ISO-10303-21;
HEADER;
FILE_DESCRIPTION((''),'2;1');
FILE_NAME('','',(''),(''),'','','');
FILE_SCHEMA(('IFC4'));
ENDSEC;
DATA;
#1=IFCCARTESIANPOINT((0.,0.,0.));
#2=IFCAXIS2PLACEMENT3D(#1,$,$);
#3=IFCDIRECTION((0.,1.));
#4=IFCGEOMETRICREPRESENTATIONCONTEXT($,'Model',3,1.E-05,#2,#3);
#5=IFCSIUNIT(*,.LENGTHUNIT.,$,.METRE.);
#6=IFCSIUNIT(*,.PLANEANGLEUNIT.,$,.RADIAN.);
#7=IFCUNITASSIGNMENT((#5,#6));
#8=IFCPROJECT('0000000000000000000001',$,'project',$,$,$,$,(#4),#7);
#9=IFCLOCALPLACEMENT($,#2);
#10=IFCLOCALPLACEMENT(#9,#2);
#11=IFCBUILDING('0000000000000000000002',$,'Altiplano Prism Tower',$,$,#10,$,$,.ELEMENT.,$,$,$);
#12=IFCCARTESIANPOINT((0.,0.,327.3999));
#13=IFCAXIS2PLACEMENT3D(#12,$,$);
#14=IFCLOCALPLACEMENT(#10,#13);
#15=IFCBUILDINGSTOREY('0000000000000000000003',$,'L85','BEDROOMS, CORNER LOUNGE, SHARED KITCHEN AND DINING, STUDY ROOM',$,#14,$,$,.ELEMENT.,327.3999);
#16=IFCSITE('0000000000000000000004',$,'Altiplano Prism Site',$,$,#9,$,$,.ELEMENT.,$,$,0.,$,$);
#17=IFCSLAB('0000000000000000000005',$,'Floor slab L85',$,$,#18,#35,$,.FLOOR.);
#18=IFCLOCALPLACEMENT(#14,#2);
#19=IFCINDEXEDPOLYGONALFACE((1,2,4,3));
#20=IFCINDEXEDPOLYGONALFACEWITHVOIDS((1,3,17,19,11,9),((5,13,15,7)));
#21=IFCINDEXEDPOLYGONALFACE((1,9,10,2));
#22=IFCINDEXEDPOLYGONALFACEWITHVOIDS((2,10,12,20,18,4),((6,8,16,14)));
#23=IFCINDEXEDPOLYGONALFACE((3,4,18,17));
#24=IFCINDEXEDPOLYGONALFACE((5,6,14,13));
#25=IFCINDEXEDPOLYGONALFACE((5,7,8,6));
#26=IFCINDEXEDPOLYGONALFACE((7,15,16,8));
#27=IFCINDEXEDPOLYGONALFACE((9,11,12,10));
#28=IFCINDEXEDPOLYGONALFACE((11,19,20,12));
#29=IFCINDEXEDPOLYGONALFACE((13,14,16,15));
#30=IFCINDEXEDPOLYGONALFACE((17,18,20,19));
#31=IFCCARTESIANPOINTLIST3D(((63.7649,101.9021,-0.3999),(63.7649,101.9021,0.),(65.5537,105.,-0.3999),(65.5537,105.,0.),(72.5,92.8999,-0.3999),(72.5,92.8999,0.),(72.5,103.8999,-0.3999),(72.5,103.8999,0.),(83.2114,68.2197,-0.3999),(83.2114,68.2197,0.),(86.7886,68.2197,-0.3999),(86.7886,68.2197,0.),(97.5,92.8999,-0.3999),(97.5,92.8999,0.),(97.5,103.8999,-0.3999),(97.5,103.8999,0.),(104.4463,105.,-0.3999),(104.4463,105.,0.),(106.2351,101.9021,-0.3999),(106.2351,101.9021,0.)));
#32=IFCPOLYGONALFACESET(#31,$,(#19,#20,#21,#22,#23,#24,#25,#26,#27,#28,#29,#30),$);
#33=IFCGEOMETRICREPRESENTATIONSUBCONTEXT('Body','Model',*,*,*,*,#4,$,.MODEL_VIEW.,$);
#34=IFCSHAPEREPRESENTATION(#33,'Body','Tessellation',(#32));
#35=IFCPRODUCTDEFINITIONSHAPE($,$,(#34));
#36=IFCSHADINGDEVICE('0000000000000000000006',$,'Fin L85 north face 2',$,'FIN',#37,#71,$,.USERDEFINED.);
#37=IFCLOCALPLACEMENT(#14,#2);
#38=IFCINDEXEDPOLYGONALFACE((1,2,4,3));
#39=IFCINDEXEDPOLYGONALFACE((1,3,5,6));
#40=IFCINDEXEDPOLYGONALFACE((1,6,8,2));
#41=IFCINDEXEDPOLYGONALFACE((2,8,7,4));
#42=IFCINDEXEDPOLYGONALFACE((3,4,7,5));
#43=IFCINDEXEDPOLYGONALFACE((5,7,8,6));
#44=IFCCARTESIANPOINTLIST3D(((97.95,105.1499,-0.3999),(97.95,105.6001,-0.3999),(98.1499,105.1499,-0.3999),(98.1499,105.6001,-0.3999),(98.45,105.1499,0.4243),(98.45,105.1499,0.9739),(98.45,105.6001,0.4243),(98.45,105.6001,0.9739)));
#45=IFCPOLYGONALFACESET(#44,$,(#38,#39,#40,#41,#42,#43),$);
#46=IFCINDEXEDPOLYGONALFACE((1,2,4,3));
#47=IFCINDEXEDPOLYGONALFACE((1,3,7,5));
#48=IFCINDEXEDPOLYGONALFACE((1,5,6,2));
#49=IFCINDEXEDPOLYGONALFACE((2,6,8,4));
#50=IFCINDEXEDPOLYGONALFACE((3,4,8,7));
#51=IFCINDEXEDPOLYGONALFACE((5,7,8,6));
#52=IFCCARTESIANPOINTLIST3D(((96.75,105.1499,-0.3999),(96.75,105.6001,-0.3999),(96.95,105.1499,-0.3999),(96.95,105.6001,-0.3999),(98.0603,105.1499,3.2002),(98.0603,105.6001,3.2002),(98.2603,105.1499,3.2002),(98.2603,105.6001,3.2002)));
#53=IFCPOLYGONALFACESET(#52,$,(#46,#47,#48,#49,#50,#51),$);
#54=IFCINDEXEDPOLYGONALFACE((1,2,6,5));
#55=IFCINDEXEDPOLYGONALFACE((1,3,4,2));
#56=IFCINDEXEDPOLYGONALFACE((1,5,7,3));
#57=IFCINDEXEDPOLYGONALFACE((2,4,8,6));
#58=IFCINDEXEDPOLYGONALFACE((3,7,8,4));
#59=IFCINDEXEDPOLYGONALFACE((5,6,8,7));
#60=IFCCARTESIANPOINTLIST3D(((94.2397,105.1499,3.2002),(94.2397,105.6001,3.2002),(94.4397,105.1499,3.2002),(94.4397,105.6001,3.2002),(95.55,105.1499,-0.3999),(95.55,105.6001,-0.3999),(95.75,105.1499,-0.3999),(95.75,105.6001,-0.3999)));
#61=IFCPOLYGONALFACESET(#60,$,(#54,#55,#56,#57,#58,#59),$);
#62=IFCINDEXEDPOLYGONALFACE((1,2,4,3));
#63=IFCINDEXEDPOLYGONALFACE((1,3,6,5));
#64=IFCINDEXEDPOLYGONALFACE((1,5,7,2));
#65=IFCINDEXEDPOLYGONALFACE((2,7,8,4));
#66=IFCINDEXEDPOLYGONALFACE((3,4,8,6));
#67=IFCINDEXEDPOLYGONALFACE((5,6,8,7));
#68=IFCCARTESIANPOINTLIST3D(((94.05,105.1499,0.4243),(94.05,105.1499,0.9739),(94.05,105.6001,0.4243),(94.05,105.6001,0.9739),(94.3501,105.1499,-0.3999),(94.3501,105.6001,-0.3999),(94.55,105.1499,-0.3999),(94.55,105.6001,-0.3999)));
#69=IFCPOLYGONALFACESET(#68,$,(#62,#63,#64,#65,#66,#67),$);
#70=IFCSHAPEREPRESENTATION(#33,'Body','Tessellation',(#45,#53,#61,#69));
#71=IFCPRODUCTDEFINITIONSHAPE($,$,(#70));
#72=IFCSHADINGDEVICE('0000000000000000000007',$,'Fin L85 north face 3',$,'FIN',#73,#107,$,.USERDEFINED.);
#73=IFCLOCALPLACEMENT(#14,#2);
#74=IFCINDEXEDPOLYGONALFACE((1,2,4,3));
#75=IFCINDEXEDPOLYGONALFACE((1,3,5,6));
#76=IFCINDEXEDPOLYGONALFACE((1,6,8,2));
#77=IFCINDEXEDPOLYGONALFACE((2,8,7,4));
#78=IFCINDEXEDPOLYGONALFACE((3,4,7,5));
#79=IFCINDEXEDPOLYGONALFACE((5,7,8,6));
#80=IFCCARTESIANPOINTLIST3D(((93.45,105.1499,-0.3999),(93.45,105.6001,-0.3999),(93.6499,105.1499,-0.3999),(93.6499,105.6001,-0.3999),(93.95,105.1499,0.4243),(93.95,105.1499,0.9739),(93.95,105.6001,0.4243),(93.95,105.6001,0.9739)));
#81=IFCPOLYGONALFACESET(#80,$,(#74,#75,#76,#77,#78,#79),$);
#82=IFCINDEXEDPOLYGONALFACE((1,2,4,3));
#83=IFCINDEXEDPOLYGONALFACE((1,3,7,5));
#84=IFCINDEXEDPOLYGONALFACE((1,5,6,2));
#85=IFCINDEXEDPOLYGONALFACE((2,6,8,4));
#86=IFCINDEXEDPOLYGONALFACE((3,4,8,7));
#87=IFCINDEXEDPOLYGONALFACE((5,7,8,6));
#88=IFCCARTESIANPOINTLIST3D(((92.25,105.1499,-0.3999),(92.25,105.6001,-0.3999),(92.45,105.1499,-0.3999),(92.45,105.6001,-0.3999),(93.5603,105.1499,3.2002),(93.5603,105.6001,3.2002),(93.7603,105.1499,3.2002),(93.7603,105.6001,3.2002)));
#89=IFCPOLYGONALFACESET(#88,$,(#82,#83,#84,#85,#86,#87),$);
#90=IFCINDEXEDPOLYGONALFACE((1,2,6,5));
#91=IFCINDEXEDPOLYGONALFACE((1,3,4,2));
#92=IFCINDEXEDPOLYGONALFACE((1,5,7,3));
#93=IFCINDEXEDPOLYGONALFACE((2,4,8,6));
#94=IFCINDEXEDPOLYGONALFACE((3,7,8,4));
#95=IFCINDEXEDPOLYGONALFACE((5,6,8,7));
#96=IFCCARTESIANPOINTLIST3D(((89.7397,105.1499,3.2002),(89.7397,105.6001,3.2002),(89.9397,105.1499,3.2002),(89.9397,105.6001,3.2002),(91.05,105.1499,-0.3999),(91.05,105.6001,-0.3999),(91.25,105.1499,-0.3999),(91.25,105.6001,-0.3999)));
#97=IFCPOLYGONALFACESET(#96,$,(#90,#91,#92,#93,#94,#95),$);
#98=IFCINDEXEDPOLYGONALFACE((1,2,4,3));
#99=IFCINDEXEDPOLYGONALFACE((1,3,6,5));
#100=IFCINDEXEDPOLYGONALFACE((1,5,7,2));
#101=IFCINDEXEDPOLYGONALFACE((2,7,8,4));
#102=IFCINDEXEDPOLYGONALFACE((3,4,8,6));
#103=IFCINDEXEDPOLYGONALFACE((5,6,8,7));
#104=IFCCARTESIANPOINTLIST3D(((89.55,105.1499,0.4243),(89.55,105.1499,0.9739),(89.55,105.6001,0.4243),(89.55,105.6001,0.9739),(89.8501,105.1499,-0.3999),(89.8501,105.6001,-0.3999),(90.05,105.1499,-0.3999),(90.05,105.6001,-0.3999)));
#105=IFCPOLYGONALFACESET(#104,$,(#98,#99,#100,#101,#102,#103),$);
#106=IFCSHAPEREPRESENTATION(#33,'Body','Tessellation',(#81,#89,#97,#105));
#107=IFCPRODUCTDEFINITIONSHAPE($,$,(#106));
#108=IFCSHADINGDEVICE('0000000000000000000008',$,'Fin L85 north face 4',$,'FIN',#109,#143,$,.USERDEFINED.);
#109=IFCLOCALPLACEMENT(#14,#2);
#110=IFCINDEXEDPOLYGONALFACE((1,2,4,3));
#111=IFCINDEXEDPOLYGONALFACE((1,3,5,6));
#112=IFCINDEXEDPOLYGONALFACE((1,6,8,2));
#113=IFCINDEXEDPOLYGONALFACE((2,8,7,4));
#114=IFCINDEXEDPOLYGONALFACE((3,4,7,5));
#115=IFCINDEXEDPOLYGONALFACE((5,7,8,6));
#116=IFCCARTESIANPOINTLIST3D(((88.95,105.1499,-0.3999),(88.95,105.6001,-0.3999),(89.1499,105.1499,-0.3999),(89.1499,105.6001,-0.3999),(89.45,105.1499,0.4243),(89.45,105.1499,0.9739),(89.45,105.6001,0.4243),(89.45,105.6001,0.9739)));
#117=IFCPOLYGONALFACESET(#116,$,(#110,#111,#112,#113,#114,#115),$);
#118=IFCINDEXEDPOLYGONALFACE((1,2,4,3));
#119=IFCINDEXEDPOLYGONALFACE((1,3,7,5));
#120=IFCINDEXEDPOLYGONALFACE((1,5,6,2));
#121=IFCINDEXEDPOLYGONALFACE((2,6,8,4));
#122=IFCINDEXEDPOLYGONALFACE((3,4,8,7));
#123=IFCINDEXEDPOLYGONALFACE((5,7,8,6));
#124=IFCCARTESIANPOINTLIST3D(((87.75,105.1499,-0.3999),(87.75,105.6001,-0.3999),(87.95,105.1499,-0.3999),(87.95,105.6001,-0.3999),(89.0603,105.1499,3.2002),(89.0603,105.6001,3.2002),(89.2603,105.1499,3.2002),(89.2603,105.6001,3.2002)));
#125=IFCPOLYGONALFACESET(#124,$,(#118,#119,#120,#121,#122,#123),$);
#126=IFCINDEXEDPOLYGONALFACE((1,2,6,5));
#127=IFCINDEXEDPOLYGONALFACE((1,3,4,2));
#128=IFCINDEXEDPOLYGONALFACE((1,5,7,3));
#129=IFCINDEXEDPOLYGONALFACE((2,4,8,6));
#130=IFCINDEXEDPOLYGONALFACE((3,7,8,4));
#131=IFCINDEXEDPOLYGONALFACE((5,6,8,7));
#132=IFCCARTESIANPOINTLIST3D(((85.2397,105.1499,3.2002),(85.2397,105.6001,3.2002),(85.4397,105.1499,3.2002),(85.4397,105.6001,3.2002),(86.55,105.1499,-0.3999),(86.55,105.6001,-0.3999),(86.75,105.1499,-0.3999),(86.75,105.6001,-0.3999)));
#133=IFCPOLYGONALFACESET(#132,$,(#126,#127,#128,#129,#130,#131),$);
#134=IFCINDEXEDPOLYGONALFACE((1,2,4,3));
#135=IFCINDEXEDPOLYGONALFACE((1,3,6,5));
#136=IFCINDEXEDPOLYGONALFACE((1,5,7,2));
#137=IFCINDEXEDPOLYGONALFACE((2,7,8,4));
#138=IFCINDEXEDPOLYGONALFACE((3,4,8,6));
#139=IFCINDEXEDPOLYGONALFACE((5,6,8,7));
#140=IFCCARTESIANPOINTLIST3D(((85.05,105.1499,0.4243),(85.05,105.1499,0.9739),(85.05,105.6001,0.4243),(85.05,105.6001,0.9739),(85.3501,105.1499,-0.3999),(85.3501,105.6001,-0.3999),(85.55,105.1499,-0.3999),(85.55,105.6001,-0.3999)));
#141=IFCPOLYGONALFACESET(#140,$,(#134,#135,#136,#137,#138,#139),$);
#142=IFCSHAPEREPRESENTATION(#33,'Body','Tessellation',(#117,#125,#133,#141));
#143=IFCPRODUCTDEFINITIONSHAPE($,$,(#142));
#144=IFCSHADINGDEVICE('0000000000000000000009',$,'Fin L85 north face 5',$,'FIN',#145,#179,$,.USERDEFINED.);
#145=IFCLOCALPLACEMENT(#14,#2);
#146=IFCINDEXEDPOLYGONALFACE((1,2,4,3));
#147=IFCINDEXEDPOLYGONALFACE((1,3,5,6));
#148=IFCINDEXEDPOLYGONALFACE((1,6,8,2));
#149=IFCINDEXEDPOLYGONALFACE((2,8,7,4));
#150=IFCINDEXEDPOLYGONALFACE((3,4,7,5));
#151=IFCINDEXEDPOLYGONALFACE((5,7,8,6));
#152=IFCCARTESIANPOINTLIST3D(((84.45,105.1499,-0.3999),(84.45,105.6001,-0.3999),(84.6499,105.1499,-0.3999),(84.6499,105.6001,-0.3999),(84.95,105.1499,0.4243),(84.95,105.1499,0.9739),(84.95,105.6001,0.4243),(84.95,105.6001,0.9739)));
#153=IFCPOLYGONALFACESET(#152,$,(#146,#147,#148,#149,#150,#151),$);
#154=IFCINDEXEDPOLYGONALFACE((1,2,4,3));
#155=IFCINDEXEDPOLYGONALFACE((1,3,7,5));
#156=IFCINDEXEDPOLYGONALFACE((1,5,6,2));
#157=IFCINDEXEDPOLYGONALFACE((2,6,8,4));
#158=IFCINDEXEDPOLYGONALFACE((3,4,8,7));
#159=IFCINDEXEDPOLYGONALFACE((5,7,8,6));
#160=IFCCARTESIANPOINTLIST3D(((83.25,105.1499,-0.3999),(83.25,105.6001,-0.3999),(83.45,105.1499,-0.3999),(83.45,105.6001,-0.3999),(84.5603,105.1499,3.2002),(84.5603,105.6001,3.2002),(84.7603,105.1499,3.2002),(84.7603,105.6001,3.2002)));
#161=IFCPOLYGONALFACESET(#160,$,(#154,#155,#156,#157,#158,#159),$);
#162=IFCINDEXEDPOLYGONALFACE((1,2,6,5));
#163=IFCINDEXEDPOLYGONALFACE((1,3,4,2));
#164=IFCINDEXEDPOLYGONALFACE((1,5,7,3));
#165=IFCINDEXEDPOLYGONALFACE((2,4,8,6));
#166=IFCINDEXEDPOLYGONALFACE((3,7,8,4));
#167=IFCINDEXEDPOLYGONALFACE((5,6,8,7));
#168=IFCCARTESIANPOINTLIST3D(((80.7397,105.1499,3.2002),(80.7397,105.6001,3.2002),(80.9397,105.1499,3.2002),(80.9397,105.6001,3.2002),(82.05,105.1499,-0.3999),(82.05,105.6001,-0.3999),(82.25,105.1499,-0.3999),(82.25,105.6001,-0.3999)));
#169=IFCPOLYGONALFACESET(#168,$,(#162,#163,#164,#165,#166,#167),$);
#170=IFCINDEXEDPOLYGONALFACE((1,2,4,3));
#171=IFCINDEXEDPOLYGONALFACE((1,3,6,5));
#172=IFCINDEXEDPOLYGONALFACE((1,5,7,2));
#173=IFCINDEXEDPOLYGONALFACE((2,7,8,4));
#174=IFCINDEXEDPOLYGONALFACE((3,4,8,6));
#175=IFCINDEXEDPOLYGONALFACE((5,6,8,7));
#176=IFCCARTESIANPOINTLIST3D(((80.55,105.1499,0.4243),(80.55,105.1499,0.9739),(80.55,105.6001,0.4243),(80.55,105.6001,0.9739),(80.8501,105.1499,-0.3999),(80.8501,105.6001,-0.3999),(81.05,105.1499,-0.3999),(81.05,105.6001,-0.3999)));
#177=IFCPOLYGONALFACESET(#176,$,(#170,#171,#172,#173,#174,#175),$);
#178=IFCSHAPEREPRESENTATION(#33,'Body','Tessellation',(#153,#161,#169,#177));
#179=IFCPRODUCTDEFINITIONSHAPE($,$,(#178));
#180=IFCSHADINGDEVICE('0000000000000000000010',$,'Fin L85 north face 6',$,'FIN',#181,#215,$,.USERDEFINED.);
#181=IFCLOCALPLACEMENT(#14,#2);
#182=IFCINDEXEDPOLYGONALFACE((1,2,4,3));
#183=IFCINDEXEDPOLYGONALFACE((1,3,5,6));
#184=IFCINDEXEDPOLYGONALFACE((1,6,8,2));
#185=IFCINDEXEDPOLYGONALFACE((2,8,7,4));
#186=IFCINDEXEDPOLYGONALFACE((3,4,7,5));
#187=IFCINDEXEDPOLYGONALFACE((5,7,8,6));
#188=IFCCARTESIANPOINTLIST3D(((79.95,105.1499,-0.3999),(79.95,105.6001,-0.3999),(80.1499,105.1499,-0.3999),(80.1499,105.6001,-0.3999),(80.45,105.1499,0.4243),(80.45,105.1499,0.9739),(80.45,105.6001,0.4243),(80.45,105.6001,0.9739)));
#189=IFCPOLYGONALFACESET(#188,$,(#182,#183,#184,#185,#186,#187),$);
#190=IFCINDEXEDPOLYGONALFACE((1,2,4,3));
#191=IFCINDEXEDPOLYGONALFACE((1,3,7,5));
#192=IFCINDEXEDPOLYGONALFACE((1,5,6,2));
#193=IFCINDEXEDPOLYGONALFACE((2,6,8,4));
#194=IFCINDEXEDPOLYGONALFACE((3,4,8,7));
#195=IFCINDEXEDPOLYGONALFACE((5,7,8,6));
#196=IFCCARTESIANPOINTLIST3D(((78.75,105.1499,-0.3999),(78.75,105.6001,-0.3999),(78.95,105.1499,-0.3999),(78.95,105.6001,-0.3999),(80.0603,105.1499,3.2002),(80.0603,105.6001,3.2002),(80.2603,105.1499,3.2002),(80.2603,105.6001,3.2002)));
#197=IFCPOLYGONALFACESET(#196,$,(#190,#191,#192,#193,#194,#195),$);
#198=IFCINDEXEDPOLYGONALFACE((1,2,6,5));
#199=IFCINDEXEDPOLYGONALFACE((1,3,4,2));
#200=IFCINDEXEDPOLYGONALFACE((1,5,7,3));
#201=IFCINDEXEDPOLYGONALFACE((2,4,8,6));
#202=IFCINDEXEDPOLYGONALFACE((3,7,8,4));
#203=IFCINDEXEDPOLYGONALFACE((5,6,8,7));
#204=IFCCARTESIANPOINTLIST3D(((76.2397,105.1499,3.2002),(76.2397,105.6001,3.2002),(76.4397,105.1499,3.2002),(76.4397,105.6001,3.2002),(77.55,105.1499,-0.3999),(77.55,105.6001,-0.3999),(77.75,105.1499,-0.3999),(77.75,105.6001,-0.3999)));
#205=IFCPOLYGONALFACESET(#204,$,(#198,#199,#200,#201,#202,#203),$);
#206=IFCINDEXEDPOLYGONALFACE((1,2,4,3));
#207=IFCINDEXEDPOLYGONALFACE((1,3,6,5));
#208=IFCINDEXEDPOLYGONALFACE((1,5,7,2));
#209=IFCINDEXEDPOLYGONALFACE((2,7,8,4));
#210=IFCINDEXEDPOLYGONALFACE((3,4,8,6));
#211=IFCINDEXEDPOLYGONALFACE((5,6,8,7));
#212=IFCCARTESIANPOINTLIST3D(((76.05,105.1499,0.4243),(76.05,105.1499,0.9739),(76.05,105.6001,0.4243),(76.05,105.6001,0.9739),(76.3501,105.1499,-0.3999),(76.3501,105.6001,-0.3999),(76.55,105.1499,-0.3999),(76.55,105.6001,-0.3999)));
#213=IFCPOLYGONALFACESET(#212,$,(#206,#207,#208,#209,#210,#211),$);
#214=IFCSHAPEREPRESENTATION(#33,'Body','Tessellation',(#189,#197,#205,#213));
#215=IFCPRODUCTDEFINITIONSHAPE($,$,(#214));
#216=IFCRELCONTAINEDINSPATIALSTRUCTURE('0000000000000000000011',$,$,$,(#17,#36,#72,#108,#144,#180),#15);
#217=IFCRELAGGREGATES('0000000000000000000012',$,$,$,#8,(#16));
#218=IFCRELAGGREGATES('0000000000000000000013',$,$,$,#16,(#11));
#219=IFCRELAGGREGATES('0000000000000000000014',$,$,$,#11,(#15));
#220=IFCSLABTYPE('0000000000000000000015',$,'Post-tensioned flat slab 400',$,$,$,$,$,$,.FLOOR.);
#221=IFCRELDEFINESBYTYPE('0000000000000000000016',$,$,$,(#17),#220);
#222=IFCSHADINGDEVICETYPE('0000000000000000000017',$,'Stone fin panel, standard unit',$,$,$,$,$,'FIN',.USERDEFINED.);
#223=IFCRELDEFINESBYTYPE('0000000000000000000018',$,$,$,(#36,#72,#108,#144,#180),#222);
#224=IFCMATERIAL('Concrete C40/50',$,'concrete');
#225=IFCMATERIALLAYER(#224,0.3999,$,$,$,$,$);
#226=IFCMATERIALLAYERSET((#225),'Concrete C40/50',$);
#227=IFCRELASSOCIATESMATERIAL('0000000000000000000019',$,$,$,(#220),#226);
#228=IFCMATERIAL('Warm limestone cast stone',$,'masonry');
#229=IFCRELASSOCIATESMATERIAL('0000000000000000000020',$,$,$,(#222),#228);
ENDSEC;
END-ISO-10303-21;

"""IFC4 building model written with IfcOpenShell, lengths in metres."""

from ifc_helpers import new_model, si_unit, direction, frame, origin, place, context, subcontext, project, spatial, polyline, outline, extrude, source, transform, mapped, material, layer, layer_set, type_object, element, save


model = new_model("IFC4")

# Units and contexts
model_context = context("Model", 3, precision=1e-05, world=origin(), true_north=direction((0.0, 1.0)))
body_context = subcontext(model_context, "Body", "Model", "MODEL_VIEW")
ifc_project = project(units=[si_unit("LENGTHUNIT", "METRE"), si_unit("PLANEANGLEUNIT", "RADIAN")], contexts=[model_context])

# Site, building, storey
site_placement = place(None, origin())
site = spatial("IfcSite", under=ifc_project, at=site_placement, Name="Altiplano Prism Site", CompositionType="ELEMENT", RefElevation=0.0)
building_placement = place(site_placement, origin())
building = spatial("IfcBuilding", under=site, at=building_placement, Name="Altiplano Prism Tower", CompositionType="ELEMENT")
storey_placement = place(building_placement, frame((0.0, 0.0, 327.3999)))
storey = spatial("IfcBuildingStorey", under=building, at=storey_placement, Name="L85", Description="BEDROOMS, CORNER LOUNGE, SHARED KITCHEN AND DINING, STUDY ROOM", CompositionType="ELEMENT", Elevation=327.3999)

# Slab
ifc_material_1 = material(Name="Concrete C40/50", Category="concrete")
ifc_layer = layer(ifc_material_1, 0.3999)
ifc_layer_set = layer_set([ifc_layer], Name="Concrete C40/50")
slab_type = type_object("IfcSlabType", Name="Post-tensioned flat slab 400", PredefinedType="FLOOR", material=ifc_layer_set)
slab_placement = place(storey_placement, frame((0.0, 0.0, -0.3999)))
element("IfcSlab", 1, at=slab_placement, inside=storey, type_object=slab_type, Name="Floor slab L85", PredefinedType="FLOOR", context=body_context, shape_type="SweptSolid", body=[
    extrude(outline(polyline([(106.2351, 101.9021), (86.7886, 68.2197), (83.2114, 68.2197), (63.7649, 101.9021), (65.5537, 105.0), (104.4463, 105.0), (106.2351, 101.9021)]), holes=[polyline([(97.5, 92.8999), (97.5, 103.8999), (72.5, 103.8999), (72.5, 92.8999), (97.5, 92.8999)])]), origin(), (0.0, 0.0, 1.0), 0.3999),
])

# Shading devices
ifc_material_2 = material(Name="Warm limestone cast stone", Category="masonry")
shading_device_type_1 = type_object("IfcShadingDeviceType", Name="Stone fin panel, standard unit", ElementType="FIN", PredefinedType="USERDEFINED", material=ifc_material_2)
shared_shape_1 = source(origin(), body_context, "Body", "SweptSolid", [
    extrude(outline(polyline([(-2.2, 1.3738), (-2.2, 0.8242), (-1.8999, 0.0), (-1.7, 0.0), (-2.2, 1.3738)])), frame((0.0, -0.1499, 0.0), z_axis=(0.0, -1.0, 0.0), x_axis=(1.0, 0.0, 0.0)), (0.0, 0.0, 1.0), 0.4502),
    extrude(outline(polyline([(-2.0103, 3.6001), (-0.7, 0.0), (-0.5, 0.0), (-1.8103, 3.6001), (-2.0103, 3.6001)])), frame((0.0, -0.1499, 0.0), z_axis=(0.0, -1.0, 0.0), x_axis=(1.0, 0.0, 0.0)), (0.0, 0.0, 1.0), 0.4502),
    extrude(outline(polyline([(1.8103, 3.6001), (0.5, 0.0), (0.7, 0.0), (2.0103, 3.6001), (1.8103, 3.6001)])), frame((0.0, -0.1499, 0.0), z_axis=(0.0, -1.0, 0.0), x_axis=(1.0, 0.0, 0.0)), (0.0, 0.0, 1.0), 0.4502),
    extrude(outline(polyline([(2.2, 0.8242), (2.2, 1.3738), (1.7, 0.0), (1.8999, 0.0), (2.2, 0.8242)])), frame((0.0, -0.1499, 0.0), z_axis=(0.0, -1.0, 0.0), x_axis=(1.0, 0.0, 0.0)), (0.0, 0.0, 1.0), 0.4502),
])
shading_device_1_placement = place(storey_placement, origin())
element("IfcShadingDevice", 2, at=shading_device_1_placement, inside=storey, type_object=shading_device_type_1, Name="Fin L85 north face 2", ObjectType="FIN", PredefinedType="USERDEFINED", context=body_context, shape_type="MappedRepresentation", body=[
    mapped(shared_shape_1, transform((96.25, 105.0, -0.3999), x_axis=(-1.0, 0.0, 0.0), y_axis=(0.0, -1.0, 0.0), z_axis=(0.0, 0.0, 1.0))),
])
shading_device_2_placement = place(storey_placement, origin())
element("IfcShadingDevice", 3, at=shading_device_2_placement, inside=storey, type_object=shading_device_type_1, Name="Fin L85 north face 3", ObjectType="FIN", PredefinedType="USERDEFINED", context=body_context, shape_type="MappedRepresentation", body=[
    mapped(shared_shape_1, transform((91.75, 105.0, -0.3999), x_axis=(-1.0, 0.0, 0.0), y_axis=(0.0, -1.0, 0.0), z_axis=(0.0, 0.0, 1.0))),
])
shading_device_3_placement = place(storey_placement, origin())
element("IfcShadingDevice", 4, at=shading_device_3_placement, inside=storey, type_object=shading_device_type_1, Name="Fin L85 north face 4", ObjectType="FIN", PredefinedType="USERDEFINED", context=body_context, shape_type="MappedRepresentation", body=[
    mapped(shared_shape_1, transform((87.25, 105.0, -0.3999), x_axis=(-1.0, 0.0, 0.0), y_axis=(0.0, -1.0, 0.0), z_axis=(0.0, 0.0, 1.0))),
])
shading_device_4_placement = place(storey_placement, origin())
element("IfcShadingDevice", 5, at=shading_device_4_placement, inside=storey, type_object=shading_device_type_1, Name="Fin L85 north face 5", ObjectType="FIN", PredefinedType="USERDEFINED", context=body_context, shape_type="MappedRepresentation", body=[
    mapped(shared_shape_1, transform((82.75, 105.0, -0.3999), x_axis=(-1.0, 0.0, 0.0), y_axis=(0.0, -1.0, 0.0), z_axis=(0.0, 0.0, 1.0))),
])
shading_device_5_placement = place(storey_placement, origin())
element("IfcShadingDevice", 6, at=shading_device_5_placement, inside=storey, type_object=shading_device_type_1, Name="Fin L85 north face 6", ObjectType="FIN", PredefinedType="USERDEFINED", context=body_context, shape_type="MappedRepresentation", body=[
    mapped(shared_shape_1, transform((78.25, 105.0, -0.3999), x_axis=(-1.0, 0.0, 0.0), y_axis=(0.0, -1.0, 0.0), z_axis=(0.0, 0.0, 1.0))),
])

save(model, "model.ifc")
